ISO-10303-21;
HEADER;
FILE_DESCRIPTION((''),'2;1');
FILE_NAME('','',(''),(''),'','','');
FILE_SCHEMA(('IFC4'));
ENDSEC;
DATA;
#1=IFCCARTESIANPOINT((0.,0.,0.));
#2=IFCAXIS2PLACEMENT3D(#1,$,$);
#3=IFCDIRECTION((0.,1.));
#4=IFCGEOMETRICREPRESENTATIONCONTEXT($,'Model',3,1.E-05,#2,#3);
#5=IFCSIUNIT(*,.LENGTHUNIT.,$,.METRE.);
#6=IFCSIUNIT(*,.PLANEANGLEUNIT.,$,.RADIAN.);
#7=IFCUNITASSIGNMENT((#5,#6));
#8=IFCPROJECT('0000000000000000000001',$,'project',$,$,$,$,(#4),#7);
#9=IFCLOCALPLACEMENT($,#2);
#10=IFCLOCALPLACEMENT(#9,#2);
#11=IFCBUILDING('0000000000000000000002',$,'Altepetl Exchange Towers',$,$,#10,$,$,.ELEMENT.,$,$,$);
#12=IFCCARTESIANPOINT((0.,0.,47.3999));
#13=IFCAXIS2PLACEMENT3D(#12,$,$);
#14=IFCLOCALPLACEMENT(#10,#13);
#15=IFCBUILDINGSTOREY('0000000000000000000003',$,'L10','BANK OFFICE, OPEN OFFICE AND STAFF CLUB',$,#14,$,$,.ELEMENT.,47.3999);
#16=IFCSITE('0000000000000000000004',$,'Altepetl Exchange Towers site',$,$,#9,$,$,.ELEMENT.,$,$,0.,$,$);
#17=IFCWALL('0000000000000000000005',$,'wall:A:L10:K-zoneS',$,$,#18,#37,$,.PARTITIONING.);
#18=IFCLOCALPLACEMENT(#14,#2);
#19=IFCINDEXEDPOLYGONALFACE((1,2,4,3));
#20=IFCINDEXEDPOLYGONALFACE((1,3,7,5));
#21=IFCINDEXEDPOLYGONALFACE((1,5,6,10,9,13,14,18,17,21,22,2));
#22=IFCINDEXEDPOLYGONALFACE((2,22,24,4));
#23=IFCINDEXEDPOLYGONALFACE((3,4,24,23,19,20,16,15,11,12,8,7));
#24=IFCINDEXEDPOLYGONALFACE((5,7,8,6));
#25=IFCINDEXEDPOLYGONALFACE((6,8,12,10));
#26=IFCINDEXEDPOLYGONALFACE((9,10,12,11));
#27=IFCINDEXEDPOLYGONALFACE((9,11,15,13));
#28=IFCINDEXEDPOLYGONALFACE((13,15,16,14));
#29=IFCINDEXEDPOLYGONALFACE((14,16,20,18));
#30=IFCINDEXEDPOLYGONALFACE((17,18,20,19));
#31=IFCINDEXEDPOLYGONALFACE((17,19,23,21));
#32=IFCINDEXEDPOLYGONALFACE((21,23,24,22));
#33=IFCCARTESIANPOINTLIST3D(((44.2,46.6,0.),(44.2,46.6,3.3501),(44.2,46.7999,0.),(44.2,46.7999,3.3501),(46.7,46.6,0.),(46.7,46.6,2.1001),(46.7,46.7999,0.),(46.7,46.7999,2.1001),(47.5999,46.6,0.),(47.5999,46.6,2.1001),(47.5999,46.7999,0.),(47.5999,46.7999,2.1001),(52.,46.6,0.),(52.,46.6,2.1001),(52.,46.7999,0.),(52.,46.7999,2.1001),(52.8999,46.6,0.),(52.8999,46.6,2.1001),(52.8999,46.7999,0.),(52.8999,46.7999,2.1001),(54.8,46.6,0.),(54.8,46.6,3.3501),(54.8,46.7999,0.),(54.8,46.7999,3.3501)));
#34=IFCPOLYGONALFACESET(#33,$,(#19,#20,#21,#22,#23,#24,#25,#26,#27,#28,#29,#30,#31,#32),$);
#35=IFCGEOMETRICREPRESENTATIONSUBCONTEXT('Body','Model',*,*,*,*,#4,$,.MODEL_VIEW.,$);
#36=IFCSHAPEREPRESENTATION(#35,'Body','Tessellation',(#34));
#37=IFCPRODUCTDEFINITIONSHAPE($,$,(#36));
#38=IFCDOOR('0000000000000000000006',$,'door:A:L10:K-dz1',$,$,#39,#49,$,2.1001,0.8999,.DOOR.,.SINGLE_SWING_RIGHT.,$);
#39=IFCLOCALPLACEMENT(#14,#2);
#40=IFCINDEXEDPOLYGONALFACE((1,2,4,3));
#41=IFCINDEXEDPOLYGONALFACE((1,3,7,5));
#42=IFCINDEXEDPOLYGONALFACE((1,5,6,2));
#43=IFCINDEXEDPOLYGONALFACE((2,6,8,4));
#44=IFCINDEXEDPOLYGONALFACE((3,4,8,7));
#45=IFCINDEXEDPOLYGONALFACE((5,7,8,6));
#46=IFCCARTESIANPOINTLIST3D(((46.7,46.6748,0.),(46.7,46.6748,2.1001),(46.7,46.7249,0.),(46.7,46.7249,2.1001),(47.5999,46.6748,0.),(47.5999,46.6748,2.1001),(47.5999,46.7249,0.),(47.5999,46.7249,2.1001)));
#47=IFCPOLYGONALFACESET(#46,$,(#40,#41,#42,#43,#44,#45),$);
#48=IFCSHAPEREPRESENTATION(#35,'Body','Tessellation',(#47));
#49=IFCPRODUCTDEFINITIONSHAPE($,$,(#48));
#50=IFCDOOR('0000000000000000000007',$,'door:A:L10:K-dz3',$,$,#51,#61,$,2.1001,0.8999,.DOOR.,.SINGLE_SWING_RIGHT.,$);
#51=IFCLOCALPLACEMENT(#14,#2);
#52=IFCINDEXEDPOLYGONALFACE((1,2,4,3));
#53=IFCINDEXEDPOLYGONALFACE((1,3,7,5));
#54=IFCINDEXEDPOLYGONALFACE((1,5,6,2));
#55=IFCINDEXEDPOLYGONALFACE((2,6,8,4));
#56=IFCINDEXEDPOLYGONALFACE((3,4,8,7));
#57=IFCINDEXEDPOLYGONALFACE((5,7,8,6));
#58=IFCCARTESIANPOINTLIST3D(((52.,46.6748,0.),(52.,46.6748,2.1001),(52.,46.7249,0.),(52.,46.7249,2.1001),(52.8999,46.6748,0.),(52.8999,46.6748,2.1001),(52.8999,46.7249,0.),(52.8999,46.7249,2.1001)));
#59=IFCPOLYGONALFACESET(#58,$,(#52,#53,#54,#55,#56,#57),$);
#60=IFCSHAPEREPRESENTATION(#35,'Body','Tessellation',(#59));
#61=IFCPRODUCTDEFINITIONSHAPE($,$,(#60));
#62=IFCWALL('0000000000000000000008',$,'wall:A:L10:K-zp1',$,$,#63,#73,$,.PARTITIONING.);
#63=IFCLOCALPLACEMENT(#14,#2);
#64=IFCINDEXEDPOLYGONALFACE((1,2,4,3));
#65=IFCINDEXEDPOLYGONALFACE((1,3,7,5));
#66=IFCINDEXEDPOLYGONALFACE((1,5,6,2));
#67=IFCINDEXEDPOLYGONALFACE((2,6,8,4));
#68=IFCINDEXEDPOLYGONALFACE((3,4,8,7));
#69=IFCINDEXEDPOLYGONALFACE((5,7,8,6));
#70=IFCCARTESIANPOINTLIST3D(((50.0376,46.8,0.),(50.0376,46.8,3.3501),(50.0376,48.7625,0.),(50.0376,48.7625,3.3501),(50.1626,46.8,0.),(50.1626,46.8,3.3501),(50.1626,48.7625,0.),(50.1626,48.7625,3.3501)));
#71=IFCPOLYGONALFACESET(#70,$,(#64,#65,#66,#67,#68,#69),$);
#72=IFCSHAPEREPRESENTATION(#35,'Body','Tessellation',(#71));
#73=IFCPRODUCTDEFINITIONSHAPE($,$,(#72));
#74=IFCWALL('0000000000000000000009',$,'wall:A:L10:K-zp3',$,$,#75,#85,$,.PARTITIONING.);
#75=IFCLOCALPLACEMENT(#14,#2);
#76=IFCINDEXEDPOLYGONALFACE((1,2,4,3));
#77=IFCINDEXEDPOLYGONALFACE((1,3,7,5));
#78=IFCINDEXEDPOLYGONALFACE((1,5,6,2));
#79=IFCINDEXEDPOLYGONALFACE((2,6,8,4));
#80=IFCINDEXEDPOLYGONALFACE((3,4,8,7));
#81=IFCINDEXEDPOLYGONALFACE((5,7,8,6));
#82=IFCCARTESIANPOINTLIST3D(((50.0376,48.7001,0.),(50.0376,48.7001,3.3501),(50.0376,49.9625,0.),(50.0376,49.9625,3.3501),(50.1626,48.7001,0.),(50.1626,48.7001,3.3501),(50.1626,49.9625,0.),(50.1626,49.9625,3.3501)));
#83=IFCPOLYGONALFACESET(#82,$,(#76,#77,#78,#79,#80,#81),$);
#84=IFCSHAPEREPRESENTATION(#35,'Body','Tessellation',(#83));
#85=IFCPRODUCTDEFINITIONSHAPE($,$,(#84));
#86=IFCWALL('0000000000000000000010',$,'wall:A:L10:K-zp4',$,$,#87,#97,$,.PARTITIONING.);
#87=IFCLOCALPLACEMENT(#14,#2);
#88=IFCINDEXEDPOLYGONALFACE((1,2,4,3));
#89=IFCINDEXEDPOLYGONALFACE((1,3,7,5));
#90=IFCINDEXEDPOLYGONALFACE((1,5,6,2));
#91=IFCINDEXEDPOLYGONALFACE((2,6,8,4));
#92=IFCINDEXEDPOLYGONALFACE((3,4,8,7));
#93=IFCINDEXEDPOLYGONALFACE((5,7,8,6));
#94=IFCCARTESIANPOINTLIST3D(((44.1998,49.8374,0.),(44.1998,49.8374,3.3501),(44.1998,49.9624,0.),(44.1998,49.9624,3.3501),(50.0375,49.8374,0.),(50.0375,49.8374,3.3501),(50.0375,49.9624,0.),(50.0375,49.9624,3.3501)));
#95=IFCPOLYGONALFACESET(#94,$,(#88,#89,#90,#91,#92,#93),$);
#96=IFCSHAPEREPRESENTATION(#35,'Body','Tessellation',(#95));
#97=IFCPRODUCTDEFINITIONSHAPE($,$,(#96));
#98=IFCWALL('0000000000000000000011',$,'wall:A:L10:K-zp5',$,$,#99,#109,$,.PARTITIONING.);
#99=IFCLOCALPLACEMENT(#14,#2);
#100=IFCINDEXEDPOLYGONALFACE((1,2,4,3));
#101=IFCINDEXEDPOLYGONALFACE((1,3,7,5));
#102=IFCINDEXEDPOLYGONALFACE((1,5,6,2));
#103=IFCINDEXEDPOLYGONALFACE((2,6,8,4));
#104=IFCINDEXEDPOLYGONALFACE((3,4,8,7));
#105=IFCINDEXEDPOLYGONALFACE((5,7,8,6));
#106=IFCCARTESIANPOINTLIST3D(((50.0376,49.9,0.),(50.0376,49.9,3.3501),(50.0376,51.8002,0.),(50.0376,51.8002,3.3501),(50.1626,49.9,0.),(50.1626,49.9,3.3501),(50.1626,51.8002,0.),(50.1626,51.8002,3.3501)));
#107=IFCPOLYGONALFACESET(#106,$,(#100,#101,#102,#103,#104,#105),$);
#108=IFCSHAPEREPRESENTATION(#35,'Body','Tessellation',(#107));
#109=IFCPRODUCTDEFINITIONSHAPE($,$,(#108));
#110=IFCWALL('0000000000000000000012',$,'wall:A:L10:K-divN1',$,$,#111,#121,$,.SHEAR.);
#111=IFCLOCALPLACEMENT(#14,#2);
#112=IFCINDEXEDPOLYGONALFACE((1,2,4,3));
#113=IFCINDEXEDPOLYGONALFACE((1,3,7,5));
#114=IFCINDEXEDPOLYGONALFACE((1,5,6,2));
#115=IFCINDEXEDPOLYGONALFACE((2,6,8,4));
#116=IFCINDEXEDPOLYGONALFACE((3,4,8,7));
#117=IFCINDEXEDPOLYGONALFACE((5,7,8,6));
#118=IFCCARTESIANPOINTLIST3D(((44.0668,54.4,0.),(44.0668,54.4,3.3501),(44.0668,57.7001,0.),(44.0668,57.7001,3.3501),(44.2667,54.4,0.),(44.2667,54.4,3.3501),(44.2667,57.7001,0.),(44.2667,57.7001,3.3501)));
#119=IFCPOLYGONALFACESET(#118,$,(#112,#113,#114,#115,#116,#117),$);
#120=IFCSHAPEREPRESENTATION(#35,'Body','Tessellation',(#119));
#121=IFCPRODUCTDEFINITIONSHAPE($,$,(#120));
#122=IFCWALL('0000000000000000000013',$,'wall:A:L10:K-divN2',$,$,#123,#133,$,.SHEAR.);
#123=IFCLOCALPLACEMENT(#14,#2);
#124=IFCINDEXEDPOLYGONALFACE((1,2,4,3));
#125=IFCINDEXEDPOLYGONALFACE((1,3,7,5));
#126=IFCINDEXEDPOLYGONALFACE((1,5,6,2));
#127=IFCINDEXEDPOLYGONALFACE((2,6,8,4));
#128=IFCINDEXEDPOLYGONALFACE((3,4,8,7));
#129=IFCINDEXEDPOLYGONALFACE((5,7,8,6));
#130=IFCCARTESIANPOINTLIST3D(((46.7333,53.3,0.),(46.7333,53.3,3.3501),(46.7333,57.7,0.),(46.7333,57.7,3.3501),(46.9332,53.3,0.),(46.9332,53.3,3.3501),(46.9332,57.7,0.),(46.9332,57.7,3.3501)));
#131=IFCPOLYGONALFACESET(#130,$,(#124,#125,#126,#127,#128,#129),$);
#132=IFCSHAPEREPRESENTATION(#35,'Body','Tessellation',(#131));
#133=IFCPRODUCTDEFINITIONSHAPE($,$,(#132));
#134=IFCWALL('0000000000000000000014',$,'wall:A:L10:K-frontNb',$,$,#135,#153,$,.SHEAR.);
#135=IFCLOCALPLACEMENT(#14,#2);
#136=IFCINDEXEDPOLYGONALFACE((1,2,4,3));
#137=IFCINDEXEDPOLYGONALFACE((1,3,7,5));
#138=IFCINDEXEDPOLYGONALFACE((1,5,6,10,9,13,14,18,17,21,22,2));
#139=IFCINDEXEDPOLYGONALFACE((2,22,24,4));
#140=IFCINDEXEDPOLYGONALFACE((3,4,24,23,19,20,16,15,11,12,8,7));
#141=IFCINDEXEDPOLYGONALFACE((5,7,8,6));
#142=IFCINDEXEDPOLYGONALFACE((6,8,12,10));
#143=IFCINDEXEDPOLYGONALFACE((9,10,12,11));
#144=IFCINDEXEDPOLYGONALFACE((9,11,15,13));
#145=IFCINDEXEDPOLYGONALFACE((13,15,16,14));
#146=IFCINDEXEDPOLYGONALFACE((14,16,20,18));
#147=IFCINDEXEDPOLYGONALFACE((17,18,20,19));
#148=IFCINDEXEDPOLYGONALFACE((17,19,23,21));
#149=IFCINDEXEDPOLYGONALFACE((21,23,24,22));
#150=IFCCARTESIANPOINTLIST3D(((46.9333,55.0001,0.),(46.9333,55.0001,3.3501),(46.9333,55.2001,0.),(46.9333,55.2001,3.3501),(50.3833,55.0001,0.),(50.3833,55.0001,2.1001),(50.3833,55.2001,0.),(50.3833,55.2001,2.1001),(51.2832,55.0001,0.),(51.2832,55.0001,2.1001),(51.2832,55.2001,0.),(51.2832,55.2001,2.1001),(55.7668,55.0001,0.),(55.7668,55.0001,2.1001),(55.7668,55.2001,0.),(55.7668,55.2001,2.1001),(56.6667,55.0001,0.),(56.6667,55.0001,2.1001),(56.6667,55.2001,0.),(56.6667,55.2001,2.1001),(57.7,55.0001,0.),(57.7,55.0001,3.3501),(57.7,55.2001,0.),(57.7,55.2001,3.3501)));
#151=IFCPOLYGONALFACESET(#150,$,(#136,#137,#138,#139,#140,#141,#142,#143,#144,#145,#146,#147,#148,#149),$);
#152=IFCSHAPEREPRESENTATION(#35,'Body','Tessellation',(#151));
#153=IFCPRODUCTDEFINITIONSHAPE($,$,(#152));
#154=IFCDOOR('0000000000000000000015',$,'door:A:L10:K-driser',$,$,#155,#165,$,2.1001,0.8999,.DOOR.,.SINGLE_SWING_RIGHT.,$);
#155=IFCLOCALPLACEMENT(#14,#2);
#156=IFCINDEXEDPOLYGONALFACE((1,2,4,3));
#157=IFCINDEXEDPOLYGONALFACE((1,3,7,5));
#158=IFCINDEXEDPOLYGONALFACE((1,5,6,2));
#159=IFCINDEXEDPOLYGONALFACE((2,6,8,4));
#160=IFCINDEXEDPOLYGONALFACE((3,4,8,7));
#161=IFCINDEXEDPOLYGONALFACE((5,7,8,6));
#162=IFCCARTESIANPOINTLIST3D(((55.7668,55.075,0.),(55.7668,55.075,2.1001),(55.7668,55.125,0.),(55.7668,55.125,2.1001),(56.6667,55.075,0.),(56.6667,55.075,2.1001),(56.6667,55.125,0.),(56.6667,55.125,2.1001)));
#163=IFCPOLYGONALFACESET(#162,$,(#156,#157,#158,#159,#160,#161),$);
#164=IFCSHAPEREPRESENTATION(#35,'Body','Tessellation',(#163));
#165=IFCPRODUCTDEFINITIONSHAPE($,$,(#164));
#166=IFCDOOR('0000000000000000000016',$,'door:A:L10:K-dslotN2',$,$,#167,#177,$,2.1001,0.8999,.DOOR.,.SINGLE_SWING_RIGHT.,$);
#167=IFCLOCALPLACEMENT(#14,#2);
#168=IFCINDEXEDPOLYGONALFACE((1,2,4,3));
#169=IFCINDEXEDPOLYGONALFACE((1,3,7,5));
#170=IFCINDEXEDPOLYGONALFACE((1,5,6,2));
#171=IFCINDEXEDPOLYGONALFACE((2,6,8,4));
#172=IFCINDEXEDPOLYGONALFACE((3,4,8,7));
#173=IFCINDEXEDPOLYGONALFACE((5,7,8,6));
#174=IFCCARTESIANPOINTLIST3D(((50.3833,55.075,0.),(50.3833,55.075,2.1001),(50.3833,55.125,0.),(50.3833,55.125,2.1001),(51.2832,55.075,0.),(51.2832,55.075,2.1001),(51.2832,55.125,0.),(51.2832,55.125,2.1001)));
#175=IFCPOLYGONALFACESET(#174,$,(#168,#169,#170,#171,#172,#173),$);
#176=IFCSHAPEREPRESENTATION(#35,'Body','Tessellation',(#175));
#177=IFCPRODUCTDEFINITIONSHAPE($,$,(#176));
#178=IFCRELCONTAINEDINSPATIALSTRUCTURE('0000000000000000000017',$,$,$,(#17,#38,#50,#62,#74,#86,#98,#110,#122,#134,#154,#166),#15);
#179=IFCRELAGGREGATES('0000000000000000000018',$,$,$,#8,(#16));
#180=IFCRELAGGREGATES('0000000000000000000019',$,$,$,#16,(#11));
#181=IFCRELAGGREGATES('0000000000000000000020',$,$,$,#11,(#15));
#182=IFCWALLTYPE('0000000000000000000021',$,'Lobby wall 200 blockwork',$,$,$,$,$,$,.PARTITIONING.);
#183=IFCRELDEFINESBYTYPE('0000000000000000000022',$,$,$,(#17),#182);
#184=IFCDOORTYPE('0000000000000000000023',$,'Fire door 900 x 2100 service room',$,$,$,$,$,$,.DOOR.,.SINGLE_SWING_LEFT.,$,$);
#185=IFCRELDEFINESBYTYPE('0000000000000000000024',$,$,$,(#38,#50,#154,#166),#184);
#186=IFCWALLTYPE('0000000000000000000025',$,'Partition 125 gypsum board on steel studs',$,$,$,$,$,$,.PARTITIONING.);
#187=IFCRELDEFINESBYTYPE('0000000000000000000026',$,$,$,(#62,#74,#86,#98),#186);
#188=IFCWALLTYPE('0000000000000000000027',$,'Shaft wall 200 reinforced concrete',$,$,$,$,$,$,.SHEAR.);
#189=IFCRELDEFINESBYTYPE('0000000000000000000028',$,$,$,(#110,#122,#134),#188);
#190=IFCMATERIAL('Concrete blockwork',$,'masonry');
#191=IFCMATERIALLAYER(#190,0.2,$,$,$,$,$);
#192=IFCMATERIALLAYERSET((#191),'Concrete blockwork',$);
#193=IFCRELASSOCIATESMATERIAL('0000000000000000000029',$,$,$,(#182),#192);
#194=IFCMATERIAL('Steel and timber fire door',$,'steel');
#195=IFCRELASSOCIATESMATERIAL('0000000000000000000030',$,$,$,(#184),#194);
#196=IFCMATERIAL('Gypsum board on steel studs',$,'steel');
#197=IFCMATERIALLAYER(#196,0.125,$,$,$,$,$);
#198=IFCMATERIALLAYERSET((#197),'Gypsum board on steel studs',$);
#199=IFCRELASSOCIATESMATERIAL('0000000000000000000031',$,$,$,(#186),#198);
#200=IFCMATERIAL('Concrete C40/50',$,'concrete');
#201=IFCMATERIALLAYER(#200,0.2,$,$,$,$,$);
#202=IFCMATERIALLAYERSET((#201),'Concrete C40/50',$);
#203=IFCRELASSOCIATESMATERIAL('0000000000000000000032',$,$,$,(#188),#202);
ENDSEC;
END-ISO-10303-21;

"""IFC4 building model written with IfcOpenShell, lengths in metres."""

from ifc_helpers import new_model, si_unit, direction, frame, frame_2d, origin, place, context, subcontext, project, spatial, rectangle, extrude, material, layer, layer_set, type_object, element, fill, save


model = new_model("IFC4")

# Units and contexts
model_context = context("Model", 3, precision=1e-05, world=origin(), true_north=direction((0.0, 1.0)))
body_context = subcontext(model_context, "Body", "Model", "MODEL_VIEW")
ifc_project = project(units=[si_unit("LENGTHUNIT", "METRE"), si_unit("PLANEANGLEUNIT", "RADIAN")], contexts=[model_context])

# Site, building, storey
site_placement = place(None, origin())
site = spatial("IfcSite", under=ifc_project, at=site_placement, Name="Altepetl Exchange Towers site", CompositionType="ELEMENT", RefElevation=0.0)
building_placement = place(site_placement, origin())
building = spatial("IfcBuilding", under=site, at=building_placement, Name="Altepetl Exchange Towers", CompositionType="ELEMENT")
storey_placement = place(building_placement, frame((0.0, 0.0, 47.3999)))
storey = spatial("IfcBuildingStorey", under=building, at=storey_placement, Name="L10", Description="BANK OFFICE, OPEN OFFICE AND STAFF CLUB", CompositionType="ELEMENT", Elevation=47.3999)

# Shared definitions
ifc_material_1 = material(Name="Concrete blockwork", Category="masonry")
ifc_layer_1 = layer(ifc_material_1, 0.2)
ifc_layer_set_1 = layer_set([ifc_layer_1], Name="Concrete blockwork")
wall_type_1 = type_object("IfcWallType", Name="Lobby wall 200 blockwork", PredefinedType="PARTITIONING", material=ifc_layer_set_1)

# Shared definitions
ifc_material_2 = material(Name="Steel and timber fire door", Category="steel")

# Wall, openings, doors
door_type_1 = type_object("IfcDoorType", Name="Fire door 900 x 2100 service room", OperationType="SINGLE_SWING_LEFT", PredefinedType="DOOR", material=ifc_material_2)
wall_1_placement = place(storey_placement, frame((44.2, 46.7, 0.0)))
wall_1 = element("IfcWall", 1, at=wall_1_placement, inside=storey, type_object=wall_type_1, Name="wall:A:L10:K-zoneS", PredefinedType="PARTITIONING", context=body_context, shape_type="SweptSolid", body=[
    extrude(rectangle(XDim=10.6001, YDim=0.2, at=frame_2d((5.3, 0.0))), origin(), (0.0, 0.0, 1.0), 3.3501),
])
opening_1_placement = place(wall_1_placement, frame((2.5, 0.0, 0.0)))
opening_1 = element("IfcOpeningElement", 2, at=opening_1_placement, cuts=wall_1, PredefinedType="OPENING", context=body_context, shape_type="SweptSolid", body=[
    extrude(rectangle(XDim=0.8999, YDim=2.1001, at=frame_2d((0.45, 1.05))), frame((0.0, 0.1099, 0.0), z_axis=(0.0, -1.0, 0.0), x_axis=(1.0, 0.0, 0.0)), (0.0, 0.0, 1.0), 0.22),
])
opening_2_placement = place(wall_1_placement, frame((7.8, 0.0, 0.0)))
opening_2 = element("IfcOpeningElement", 3, at=opening_2_placement, cuts=wall_1, PredefinedType="OPENING", context=body_context, shape_type="SweptSolid", body=[
    extrude(rectangle(XDim=0.8999, YDim=2.1001, at=frame_2d((0.45, 1.05))), frame((0.0, 0.1099, 0.0), z_axis=(0.0, -1.0, 0.0), x_axis=(1.0, 0.0, 0.0)), (0.0, 0.0, 1.0), 0.22),
])
door_1_placement = place(opening_1_placement, origin())
door_1 = element("IfcDoor", 4, at=door_1_placement, inside=storey, type_object=door_type_1, Name="door:A:L10:K-dz1", OperationType="SINGLE_SWING_RIGHT", OverallHeight=2.1001, OverallWidth=0.8999, PredefinedType="DOOR", context=body_context, shape_type="SweptSolid", body=[
    extrude(rectangle(XDim=0.8999, YDim=2.1001, at=frame_2d((0.45, 1.05))), frame((0.0, 0.0249, 0.0), z_axis=(0.0, -1.0, 0.0), x_axis=(1.0, 0.0, 0.0)), (0.0, 0.0, 1.0), 0.05),
])
fill(opening_1, door_1)
door_2_placement = place(opening_2_placement, origin())
door_2 = element("IfcDoor", 5, at=door_2_placement, inside=storey, type_object=door_type_1, Name="door:A:L10:K-dz3", OperationType="SINGLE_SWING_RIGHT", OverallHeight=2.1001, OverallWidth=0.8999, PredefinedType="DOOR", context=body_context, shape_type="SweptSolid", body=[
    extrude(rectangle(XDim=0.8999, YDim=2.1001, at=frame_2d((0.45, 1.05))), frame((0.0, 0.0249, 0.0), z_axis=(0.0, -1.0, 0.0), x_axis=(1.0, 0.0, 0.0)), (0.0, 0.0, 1.0), 0.05),
])
fill(opening_2, door_2)

# Walls
ifc_material_3 = material(Name="Gypsum board on steel studs", Category="steel")
ifc_layer_2 = layer(ifc_material_3, 0.125)
ifc_layer_set_2 = layer_set([ifc_layer_2], Name="Gypsum board on steel studs")
wall_type_2 = type_object("IfcWallType", Name="Partition 125 gypsum board on steel studs", PredefinedType="PARTITIONING", material=ifc_layer_set_2)
wall_2_placement = place(storey_placement, frame((50.1001, 46.8, 0.0), z_axis=(0.0, 0.0, 1.0), x_axis=(0.0, 1.0, 0.0)))
element("IfcWall", 6, at=wall_2_placement, inside=storey, type_object=wall_type_2, Name="wall:A:L10:K-zp1", PredefinedType="PARTITIONING", context=body_context, shape_type="SweptSolid", body=[
    extrude(rectangle(XDim=1.9624, YDim=0.125, at=frame_2d((0.9812, 0.0))), origin(), (0.0, 0.0, 1.0), 3.3501),
])
wall_3_placement = place(storey_placement, frame((50.1001, 48.7, 0.0), z_axis=(0.0, 0.0, 1.0), x_axis=(0.0, 1.0, 0.0)))
element("IfcWall", 7, at=wall_3_placement, inside=storey, type_object=wall_type_2, Name="wall:A:L10:K-zp3", PredefinedType="PARTITIONING", context=body_context, shape_type="SweptSolid", body=[
    extrude(rectangle(XDim=1.2625, YDim=0.125, at=frame_2d((0.6313, 0.0))), origin(), (0.0, 0.0, 1.0), 3.3501),
])
wall_4_placement = place(storey_placement, frame((50.0376, 49.8999, 0.0), z_axis=(0.0, 0.0, 1.0), x_axis=(-1.0, 0.0, 0.0)))
element("IfcWall", 8, at=wall_4_placement, inside=storey, type_object=wall_type_2, Name="wall:A:L10:K-zp4", PredefinedType="PARTITIONING", context=body_context, shape_type="SweptSolid", body=[
    extrude(rectangle(XDim=5.8376, YDim=0.125, at=frame_2d((2.9189, 0.0))), origin(), (0.0, 0.0, 1.0), 3.3501),
])
wall_5_placement = place(storey_placement, frame((50.1001, 49.8999, 0.0), z_axis=(0.0, 0.0, 1.0), x_axis=(0.0, 1.0, 0.0)))
element("IfcWall", 9, at=wall_5_placement, inside=storey, type_object=wall_type_2, Name="wall:A:L10:K-zp5", PredefinedType="PARTITIONING", context=body_context, shape_type="SweptSolid", body=[
    extrude(rectangle(XDim=1.9001, YDim=0.125, at=frame_2d((0.9502, 0.0))), origin(), (0.0, 0.0, 1.0), 3.3501),
])
ifc_material_4 = material(Name="Concrete C40/50", Category="concrete")
ifc_layer_3 = layer(ifc_material_4, 0.2)
ifc_layer_set_3 = layer_set([ifc_layer_3], Name="Concrete C40/50")
wall_type_3 = type_object("IfcWallType", Name="Shaft wall 200 reinforced concrete", PredefinedType="SHEAR", material=ifc_layer_set_3)
wall_6_placement = place(storey_placement, frame((44.1667, 57.7, 0.0), z_axis=(0.0, 0.0, 1.0), x_axis=(0.0, -1.0, 0.0)))
element("IfcWall", 10, at=wall_6_placement, inside=storey, type_object=wall_type_3, Name="wall:A:L10:K-divN1", PredefinedType="SHEAR", context=body_context, shape_type="SweptSolid", body=[
    extrude(rectangle(XDim=3.3, YDim=0.2, at=frame_2d((1.6499, 0.0))), origin(), (0.0, 0.0, 1.0), 3.3501),
])
wall_7_placement = place(storey_placement, frame((46.8333, 57.7, 0.0), z_axis=(0.0, 0.0, 1.0), x_axis=(0.0, -1.0, 0.0)))
element("IfcWall", 11, at=wall_7_placement, inside=storey, type_object=wall_type_3, Name="wall:A:L10:K-divN2", PredefinedType="SHEAR", context=body_context, shape_type="SweptSolid", body=[
    extrude(rectangle(XDim=4.3999, YDim=0.2, at=frame_2d((2.2, 0.0))), origin(), (0.0, 0.0, 1.0), 3.3501),
])

# Wall, openings, doors
wall_8_placement = place(storey_placement, frame((46.9333, 55.1001, 0.0)))
wall_8 = element("IfcWall", 12, at=wall_8_placement, inside=storey, type_object=wall_type_3, Name="wall:A:L10:K-frontNb", PredefinedType="SHEAR", context=body_context, shape_type="SweptSolid", body=[
    extrude(rectangle(XDim=10.7666, YDim=0.2, at=frame_2d((5.3833, 0.0))), origin(), (0.0, 0.0, 1.0), 3.3501),
])
opening_3_placement = place(wall_8_placement, frame((8.8335, 0.0, 0.0)))
opening_3 = element("IfcOpeningElement", 13, at=opening_3_placement, cuts=wall_8, PredefinedType="OPENING", context=body_context, shape_type="SweptSolid", body=[
    extrude(rectangle(XDim=0.8999, YDim=2.1001, at=frame_2d((0.45, 1.05))), frame((0.0, 0.1099, 0.0), z_axis=(0.0, -1.0, 0.0), x_axis=(1.0, 0.0, 0.0)), (0.0, 0.0, 1.0), 0.22),
])
opening_4_placement = place(wall_8_placement, frame((3.45, 0.0, 0.0)))
opening_4 = element("IfcOpeningElement", 14, at=opening_4_placement, cuts=wall_8, PredefinedType="OPENING", context=body_context, shape_type="SweptSolid", body=[
    extrude(rectangle(XDim=0.8999, YDim=2.1001, at=frame_2d((0.45, 1.05))), frame((0.0, 0.1099, 0.0), z_axis=(0.0, -1.0, 0.0), x_axis=(1.0, 0.0, 0.0)), (0.0, 0.0, 1.0), 0.22),
])
door_3_placement = place(opening_3_placement, origin())
door_3 = element("IfcDoor", 15, at=door_3_placement, inside=storey, type_object=door_type_1, Name="door:A:L10:K-driser", OperationType="SINGLE_SWING_RIGHT", OverallHeight=2.1001, OverallWidth=0.8999, PredefinedType="DOOR", context=body_context, shape_type="SweptSolid", body=[
    extrude(rectangle(XDim=0.8999, YDim=2.1001, at=frame_2d((0.45, 1.05))), frame((0.0, 0.0249, 0.0), z_axis=(0.0, -1.0, 0.0), x_axis=(1.0, 0.0, 0.0)), (0.0, 0.0, 1.0), 0.05),
])
fill(opening_3, door_3)
door_4_placement = place(opening_4_placement, origin())
door_4 = element("IfcDoor", 16, at=door_4_placement, inside=storey, type_object=door_type_1, Name="door:A:L10:K-dslotN2", OperationType="SINGLE_SWING_RIGHT", OverallHeight=2.1001, OverallWidth=0.8999, PredefinedType="DOOR", context=body_context, shape_type="SweptSolid", body=[
    extrude(rectangle(XDim=0.8999, YDim=2.1001, at=frame_2d((0.45, 1.05))), frame((0.0, 0.0249, 0.0), z_axis=(0.0, -1.0, 0.0), x_axis=(1.0, 0.0, 0.0)), (0.0, 0.0, 1.0), 0.05),
])
fill(opening_4, door_4)

save(model, "model.ifc")
